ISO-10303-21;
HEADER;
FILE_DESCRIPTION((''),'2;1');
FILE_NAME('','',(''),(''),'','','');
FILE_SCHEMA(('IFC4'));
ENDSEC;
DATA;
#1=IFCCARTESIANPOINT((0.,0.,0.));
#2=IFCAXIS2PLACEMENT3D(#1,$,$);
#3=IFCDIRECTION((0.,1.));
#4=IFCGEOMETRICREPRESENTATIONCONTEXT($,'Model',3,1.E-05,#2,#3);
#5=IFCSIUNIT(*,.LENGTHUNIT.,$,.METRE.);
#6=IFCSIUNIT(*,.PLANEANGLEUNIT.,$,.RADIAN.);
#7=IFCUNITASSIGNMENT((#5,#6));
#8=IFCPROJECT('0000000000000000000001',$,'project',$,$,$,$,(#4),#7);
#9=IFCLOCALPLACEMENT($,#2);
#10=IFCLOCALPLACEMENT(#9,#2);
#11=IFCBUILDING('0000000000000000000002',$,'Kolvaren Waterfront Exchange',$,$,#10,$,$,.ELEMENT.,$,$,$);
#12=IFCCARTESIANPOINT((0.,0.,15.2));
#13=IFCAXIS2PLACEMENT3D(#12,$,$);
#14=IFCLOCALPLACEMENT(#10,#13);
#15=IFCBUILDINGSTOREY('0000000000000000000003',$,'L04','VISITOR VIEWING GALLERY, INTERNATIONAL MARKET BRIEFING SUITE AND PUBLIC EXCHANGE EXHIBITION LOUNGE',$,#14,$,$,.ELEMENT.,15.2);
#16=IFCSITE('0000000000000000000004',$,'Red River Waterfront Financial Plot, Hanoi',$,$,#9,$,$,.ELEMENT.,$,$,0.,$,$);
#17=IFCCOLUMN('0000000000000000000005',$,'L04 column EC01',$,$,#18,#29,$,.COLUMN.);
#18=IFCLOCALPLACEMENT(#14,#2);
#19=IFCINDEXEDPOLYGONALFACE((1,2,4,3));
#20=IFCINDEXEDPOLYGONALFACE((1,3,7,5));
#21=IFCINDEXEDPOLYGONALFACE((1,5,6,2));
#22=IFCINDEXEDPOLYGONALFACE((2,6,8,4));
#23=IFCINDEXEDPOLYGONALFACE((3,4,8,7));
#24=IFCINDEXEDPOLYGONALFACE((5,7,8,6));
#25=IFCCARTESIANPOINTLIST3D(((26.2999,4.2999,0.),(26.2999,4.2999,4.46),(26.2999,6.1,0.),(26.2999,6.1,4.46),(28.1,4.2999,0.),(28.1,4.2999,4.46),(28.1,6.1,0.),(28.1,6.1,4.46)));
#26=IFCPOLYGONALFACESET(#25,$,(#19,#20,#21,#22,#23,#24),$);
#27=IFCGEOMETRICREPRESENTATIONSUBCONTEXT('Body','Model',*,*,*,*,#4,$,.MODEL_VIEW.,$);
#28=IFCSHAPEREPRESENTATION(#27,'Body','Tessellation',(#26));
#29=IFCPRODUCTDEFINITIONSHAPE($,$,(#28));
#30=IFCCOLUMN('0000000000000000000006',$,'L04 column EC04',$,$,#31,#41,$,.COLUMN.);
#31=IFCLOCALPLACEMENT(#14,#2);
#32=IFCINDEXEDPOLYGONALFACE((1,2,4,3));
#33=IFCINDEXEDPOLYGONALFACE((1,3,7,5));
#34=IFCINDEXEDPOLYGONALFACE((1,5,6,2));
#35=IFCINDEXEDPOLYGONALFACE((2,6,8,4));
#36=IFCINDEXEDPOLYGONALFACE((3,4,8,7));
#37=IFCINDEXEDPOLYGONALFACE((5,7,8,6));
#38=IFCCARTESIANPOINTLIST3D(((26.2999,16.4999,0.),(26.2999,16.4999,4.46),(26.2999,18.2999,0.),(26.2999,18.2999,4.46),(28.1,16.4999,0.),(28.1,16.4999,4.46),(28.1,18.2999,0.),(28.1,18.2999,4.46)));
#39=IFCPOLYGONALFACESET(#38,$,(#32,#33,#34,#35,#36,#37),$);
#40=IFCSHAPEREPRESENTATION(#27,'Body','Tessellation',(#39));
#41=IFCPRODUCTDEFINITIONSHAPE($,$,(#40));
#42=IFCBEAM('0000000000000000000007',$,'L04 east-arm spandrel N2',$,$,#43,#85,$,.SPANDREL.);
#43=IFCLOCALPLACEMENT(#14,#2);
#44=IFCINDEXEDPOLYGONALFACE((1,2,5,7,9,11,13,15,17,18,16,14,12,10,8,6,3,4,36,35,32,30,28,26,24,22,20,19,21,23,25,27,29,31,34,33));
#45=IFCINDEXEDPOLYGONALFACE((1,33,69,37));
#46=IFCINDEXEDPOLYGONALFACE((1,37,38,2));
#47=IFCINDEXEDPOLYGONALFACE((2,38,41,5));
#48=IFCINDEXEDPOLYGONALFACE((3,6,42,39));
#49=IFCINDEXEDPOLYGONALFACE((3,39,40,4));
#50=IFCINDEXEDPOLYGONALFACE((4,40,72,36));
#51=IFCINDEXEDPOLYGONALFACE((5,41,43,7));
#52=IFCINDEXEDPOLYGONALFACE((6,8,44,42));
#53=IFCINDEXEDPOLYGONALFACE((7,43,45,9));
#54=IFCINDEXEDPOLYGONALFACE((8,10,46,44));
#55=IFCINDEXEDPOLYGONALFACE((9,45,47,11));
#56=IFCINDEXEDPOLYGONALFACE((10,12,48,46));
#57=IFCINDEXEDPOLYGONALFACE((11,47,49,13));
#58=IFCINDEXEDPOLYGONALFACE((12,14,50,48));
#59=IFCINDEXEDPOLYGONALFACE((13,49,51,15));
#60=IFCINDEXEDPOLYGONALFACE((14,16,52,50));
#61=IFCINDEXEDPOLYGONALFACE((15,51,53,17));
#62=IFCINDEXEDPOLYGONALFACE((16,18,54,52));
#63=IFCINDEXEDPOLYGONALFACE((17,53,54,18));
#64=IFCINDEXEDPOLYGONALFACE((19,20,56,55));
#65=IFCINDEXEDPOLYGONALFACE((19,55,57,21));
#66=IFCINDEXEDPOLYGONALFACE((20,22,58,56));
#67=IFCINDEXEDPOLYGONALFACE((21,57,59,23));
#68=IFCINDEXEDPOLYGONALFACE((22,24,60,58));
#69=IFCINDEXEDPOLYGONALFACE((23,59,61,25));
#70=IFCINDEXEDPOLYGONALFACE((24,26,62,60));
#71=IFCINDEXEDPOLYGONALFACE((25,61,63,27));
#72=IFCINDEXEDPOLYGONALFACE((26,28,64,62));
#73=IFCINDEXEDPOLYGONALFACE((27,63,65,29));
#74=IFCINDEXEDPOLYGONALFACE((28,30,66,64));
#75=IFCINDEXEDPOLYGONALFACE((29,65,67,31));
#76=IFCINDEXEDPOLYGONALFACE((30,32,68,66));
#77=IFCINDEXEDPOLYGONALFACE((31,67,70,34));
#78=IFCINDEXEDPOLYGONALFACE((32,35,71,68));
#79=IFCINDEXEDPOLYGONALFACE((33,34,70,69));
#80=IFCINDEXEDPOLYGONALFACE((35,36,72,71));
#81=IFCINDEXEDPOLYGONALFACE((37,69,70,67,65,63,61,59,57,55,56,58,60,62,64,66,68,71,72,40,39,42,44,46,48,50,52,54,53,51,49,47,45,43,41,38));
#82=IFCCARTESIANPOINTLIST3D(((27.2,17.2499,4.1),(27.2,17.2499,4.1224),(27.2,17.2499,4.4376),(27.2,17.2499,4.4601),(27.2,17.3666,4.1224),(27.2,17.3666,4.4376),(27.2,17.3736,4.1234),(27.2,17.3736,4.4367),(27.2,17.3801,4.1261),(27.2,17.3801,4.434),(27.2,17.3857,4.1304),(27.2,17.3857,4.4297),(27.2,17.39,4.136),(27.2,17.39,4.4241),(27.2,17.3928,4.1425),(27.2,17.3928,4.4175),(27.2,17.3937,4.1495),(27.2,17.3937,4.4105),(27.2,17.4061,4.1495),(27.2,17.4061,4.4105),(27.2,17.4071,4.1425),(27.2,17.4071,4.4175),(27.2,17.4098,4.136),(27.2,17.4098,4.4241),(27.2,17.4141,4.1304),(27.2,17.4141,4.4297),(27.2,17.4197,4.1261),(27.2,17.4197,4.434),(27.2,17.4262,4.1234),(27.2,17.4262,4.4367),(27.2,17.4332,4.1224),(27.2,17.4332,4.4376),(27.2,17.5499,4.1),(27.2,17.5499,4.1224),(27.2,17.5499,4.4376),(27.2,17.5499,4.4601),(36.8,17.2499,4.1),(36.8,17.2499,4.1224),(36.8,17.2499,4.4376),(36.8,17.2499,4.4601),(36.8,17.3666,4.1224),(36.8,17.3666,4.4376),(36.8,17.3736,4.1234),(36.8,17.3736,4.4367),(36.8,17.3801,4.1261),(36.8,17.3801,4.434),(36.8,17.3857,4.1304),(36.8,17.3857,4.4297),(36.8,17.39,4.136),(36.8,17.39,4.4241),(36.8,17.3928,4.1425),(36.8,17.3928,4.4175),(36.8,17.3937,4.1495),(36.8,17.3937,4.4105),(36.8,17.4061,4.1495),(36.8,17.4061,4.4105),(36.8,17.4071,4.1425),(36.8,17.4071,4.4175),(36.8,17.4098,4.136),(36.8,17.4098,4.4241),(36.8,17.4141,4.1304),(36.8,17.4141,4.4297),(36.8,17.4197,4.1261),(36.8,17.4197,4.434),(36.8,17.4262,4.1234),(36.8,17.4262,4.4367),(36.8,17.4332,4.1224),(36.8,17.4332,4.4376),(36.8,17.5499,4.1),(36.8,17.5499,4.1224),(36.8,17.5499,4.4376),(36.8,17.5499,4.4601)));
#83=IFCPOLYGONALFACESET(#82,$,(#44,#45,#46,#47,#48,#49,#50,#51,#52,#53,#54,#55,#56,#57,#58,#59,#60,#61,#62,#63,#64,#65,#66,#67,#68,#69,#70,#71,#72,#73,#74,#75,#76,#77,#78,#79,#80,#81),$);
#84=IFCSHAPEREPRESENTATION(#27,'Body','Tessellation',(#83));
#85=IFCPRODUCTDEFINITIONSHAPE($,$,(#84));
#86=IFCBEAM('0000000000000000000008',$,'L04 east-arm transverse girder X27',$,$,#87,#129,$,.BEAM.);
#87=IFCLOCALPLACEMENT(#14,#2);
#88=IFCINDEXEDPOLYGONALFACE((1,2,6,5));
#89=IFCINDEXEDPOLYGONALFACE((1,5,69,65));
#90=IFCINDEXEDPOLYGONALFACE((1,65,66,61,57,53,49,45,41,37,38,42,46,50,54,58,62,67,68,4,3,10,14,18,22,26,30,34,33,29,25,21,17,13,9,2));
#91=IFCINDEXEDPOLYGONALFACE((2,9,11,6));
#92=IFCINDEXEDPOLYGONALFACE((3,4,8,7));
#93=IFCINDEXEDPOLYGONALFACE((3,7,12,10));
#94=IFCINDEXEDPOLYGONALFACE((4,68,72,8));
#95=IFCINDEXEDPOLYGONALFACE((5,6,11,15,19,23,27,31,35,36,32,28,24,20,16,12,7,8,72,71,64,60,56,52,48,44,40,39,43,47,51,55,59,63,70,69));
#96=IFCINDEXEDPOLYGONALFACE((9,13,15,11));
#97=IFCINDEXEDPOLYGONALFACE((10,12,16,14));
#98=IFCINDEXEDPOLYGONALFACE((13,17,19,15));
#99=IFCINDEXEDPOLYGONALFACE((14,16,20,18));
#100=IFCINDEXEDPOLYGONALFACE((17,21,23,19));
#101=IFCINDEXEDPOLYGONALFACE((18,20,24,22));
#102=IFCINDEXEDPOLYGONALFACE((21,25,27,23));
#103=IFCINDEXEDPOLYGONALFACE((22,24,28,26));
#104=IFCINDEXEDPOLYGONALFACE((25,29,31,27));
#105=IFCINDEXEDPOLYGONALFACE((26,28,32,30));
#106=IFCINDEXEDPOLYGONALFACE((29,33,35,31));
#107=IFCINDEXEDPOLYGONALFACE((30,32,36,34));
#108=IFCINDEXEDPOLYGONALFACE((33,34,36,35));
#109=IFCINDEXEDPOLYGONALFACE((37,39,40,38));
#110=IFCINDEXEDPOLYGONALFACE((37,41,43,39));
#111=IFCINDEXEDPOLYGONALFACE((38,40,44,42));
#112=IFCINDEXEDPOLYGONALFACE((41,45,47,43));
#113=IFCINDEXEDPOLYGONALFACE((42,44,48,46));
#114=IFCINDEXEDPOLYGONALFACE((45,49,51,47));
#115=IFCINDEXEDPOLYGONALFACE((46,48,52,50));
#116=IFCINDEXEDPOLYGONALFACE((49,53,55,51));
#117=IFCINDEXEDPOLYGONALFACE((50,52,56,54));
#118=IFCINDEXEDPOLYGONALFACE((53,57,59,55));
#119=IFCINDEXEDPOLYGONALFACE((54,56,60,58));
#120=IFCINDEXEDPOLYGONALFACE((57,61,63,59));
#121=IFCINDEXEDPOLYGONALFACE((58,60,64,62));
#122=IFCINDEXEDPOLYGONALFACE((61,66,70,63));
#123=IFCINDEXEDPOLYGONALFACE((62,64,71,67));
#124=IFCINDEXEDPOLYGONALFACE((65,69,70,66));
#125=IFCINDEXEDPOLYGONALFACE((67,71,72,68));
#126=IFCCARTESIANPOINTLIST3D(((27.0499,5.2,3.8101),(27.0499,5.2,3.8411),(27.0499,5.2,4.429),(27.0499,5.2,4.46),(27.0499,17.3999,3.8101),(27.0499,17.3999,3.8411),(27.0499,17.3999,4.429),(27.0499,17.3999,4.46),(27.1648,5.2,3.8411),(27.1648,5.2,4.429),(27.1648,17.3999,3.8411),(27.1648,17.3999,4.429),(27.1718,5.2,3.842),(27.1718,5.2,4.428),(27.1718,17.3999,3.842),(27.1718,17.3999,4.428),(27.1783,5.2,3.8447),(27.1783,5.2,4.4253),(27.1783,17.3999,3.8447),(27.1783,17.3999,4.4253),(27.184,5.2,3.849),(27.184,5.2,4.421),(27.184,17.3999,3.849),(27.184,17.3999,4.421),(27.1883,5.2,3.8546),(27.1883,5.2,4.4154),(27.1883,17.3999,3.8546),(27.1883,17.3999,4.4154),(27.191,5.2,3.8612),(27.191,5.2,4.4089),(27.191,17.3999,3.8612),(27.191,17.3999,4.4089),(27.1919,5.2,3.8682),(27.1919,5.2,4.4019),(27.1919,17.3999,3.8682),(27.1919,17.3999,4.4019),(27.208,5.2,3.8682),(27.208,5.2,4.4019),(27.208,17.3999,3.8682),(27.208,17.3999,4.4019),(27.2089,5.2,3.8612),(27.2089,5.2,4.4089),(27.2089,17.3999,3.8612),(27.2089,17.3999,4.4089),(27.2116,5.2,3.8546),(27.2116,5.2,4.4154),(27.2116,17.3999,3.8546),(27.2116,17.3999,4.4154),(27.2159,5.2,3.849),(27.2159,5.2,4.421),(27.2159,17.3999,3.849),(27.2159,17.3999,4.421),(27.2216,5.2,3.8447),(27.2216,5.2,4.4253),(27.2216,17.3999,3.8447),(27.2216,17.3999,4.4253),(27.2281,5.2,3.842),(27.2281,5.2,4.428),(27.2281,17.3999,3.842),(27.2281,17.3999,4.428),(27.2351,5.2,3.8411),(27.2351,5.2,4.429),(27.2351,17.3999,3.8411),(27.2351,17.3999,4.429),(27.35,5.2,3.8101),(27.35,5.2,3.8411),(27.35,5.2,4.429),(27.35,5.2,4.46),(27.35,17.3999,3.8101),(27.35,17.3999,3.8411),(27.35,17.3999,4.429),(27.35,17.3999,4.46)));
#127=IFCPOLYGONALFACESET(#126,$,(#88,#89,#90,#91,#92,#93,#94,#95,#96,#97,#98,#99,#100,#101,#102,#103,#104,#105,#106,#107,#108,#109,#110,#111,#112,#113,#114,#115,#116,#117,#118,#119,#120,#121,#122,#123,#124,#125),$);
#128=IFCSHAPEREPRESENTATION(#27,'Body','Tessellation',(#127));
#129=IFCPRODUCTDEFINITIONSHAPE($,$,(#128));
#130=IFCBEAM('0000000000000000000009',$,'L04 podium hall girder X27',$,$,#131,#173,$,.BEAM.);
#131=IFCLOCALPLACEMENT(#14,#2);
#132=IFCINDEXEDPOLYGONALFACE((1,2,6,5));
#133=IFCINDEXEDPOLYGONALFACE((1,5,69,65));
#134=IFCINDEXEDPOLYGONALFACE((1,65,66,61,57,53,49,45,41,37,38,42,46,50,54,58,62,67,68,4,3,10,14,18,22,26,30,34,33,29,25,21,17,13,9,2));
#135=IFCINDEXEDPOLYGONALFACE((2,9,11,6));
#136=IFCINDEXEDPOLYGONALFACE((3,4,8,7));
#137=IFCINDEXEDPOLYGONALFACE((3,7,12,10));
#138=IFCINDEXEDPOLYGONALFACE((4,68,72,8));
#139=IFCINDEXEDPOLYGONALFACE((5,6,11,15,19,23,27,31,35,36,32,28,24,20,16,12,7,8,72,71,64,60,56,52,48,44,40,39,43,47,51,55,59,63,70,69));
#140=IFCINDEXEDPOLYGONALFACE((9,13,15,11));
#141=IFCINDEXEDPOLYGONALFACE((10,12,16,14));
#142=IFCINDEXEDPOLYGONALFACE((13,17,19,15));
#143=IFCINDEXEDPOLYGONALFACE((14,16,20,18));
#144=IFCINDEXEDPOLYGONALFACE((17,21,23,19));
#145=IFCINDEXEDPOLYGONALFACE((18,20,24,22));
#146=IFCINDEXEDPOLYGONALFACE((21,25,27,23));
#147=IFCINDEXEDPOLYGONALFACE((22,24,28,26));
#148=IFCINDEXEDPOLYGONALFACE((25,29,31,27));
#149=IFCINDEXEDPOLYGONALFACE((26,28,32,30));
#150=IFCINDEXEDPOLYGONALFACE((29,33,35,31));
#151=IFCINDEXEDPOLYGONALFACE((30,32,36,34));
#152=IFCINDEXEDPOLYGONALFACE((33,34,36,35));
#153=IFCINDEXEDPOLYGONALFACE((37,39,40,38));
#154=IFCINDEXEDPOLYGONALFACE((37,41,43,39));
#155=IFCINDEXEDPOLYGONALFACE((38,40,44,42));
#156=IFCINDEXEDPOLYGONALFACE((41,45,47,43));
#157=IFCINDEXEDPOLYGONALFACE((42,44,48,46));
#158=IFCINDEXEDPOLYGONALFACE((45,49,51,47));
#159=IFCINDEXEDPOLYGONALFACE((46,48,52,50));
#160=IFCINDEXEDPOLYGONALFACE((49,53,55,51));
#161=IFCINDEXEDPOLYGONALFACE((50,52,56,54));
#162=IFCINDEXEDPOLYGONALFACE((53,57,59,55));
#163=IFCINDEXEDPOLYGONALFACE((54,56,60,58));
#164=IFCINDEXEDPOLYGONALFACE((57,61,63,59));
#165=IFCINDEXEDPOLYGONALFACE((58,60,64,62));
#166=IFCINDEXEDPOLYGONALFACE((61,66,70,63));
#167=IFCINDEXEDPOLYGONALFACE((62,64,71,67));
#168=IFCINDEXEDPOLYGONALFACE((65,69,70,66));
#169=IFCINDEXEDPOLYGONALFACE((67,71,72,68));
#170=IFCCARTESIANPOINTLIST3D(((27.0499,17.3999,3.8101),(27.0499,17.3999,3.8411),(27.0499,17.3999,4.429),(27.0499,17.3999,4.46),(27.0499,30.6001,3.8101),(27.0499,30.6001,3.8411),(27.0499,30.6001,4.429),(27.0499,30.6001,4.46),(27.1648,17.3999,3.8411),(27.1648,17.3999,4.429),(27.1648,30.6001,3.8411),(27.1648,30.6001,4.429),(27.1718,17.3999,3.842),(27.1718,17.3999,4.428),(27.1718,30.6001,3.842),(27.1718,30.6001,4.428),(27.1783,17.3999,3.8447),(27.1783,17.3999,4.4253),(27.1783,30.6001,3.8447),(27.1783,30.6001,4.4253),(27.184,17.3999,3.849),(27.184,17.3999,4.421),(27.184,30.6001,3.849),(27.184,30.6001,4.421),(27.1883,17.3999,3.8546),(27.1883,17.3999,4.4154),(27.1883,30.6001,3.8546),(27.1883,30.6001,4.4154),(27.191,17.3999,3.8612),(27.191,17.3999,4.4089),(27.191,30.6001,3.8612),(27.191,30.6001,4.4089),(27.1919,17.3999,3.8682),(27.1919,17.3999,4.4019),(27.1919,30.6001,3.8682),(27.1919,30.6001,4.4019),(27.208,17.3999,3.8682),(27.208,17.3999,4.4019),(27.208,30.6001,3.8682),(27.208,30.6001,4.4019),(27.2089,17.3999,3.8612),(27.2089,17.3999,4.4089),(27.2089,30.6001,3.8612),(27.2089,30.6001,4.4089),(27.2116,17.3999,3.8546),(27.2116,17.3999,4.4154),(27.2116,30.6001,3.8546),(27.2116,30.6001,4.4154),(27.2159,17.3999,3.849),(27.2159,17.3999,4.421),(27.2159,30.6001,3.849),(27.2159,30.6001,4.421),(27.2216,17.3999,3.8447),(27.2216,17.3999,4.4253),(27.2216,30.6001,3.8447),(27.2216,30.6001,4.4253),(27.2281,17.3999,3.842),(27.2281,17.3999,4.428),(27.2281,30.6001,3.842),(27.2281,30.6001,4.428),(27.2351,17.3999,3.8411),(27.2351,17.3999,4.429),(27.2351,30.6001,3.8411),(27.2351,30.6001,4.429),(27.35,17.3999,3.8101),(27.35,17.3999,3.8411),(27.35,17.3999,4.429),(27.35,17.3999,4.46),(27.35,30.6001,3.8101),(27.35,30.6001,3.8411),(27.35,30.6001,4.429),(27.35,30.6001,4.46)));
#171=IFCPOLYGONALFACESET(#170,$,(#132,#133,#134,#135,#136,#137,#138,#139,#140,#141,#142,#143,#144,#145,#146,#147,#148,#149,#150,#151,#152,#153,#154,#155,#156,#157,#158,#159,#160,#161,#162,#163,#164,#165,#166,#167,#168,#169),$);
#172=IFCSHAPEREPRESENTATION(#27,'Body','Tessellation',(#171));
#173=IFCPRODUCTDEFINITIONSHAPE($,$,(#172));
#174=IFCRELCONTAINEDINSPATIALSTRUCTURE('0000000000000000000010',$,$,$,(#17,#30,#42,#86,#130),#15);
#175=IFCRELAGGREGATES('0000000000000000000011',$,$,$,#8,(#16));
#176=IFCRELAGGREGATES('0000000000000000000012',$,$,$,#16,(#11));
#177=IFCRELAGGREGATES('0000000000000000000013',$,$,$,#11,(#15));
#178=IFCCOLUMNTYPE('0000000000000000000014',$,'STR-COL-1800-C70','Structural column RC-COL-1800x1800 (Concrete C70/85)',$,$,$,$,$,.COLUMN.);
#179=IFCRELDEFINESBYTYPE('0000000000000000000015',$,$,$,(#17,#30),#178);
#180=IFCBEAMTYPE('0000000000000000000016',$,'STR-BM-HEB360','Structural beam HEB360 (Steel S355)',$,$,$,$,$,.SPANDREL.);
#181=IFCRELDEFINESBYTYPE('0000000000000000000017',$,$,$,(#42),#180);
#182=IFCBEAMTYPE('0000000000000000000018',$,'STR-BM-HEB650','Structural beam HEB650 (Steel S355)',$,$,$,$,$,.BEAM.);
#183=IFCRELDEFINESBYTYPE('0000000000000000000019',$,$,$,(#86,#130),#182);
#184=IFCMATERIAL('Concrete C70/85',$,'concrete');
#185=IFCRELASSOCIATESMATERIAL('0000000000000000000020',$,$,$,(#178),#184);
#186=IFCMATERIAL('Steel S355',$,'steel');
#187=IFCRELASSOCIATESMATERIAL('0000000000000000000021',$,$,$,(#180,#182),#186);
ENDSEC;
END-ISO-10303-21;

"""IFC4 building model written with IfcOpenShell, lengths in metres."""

from ifc_helpers import new_model, si_unit, direction, frame, origin, origin_2d, place, context, subcontext, project, spatial, rectangle, i_section, extrude, material, material_profile, profile_set, type_object, element, save


model = new_model("IFC4")

# Units and contexts
model_context = context("Model", 3, precision=1e-05, world=origin(), true_north=direction((0.0, 1.0)))
body_context = subcontext(model_context, "Body", "Model", "MODEL_VIEW")
ifc_project = project(units=[si_unit("LENGTHUNIT", "METRE"), si_unit("PLANEANGLEUNIT", "RADIAN")], contexts=[model_context])

# Site, building, storey
site_placement = place(None, origin())
site = spatial("IfcSite", under=ifc_project, at=site_placement, Name="Red River Waterfront Financial Plot, Hanoi", CompositionType="ELEMENT", RefElevation=0.0)
building_placement = place(site_placement, origin())
building = spatial("IfcBuilding", under=site, at=building_placement, Name="Kolvaren Waterfront Exchange", CompositionType="ELEMENT")
storey_placement = place(building_placement, frame((0.0, 0.0, 15.2)))
storey = spatial("IfcBuildingStorey", under=building, at=storey_placement, Name="L04", Description="VISITOR VIEWING GALLERY, INTERNATIONAL MARKET BRIEFING SUITE AND PUBLIC EXCHANGE EXHIBITION LOUNGE", CompositionType="ELEMENT", Elevation=15.2)

# Columns
ifc_material_1 = material(Name="Concrete C70/85", Category="concrete")
ifc_material_profile_1 = material_profile(ifc_material_1, rectangle(XDim=1.8, YDim=1.8, at=origin_2d()), Name="RC-COL-1800x1800")
ifc_profile_set_1 = profile_set([ifc_material_profile_1], Name="Concrete C70/85")
column_type = type_object("IfcColumnType", Name="STR-COL-1800-C70", Description="Structural column RC-COL-1800x1800 (Concrete C70/85)", PredefinedType="COLUMN", material=ifc_profile_set_1)
for number, where, z_axis, x_axis, name in (
    (1, (27.2, 5.2, 0.0), (0.0, 0.0, 1.0), (1.0, 0.0, 0.0), "L04 column EC01"),
    (2, (27.2, 17.3999, 0.0), (0.0, 0.0, 1.0), (1.0, 0.0, 0.0), "L04 column EC04"),
):
    element("IfcColumn", number, at=place(storey_placement, frame(where, z_axis=z_axis, x_axis=x_axis)), inside=storey, type_object=column_type, Name=name, PredefinedType="COLUMN", context=body_context, shape_type="SweptSolid", body=[
        extrude(rectangle(XDim=1.8, YDim=1.8, at=origin_2d()), origin(), (0.0, 0.0, 1.0), 4.46),
    ])

# Beams
ifc_material_2 = material(Name="Steel S355", Category="steel")
ifc_material_profile_2 = material_profile(ifc_material_2, i_section(OverallWidth=0.3, OverallDepth=0.3601, WebThickness=0.0125, FlangeThickness=0.0225, FilletRadius=0.0271, at=origin_2d()), Name="HEB360")
ifc_profile_set_2 = profile_set([ifc_material_profile_2], Name="Steel S355")
beam_type_1 = type_object("IfcBeamType", Name="STR-BM-HEB360", Description="Structural beam HEB360 (Steel S355)", PredefinedType="SPANDREL", material=ifc_profile_set_2)
beam_1_placement = place(storey_placement, frame((27.2, 17.3999, 4.28), z_axis=(1.0, 0.0, 0.0), x_axis=(0.0, 1.0, 0.0)))
element("IfcBeam", 3, at=beam_1_placement, inside=storey, type_object=beam_type_1, Name="L04 east-arm spandrel N2", PredefinedType="SPANDREL", context=body_context, shape_type="SweptSolid", body=[
    extrude(i_section(OverallWidth=0.3, OverallDepth=0.3601, WebThickness=0.0125, FlangeThickness=0.0225, FilletRadius=0.0271, at=origin_2d()), origin(), (0.0, 0.0, 1.0), 9.6001),
])
ifc_material_profile_3 = material_profile(ifc_material_2, i_section(OverallWidth=0.3, OverallDepth=0.6499, WebThickness=0.0161, FlangeThickness=0.031, FilletRadius=0.0271, at=origin_2d()), Name="HEB650")
ifc_profile_set_3 = profile_set([ifc_material_profile_3], Name="Steel S355")
beam_type_2 = type_object("IfcBeamType", Name="STR-BM-HEB650", Description="Structural beam HEB650 (Steel S355)", PredefinedType="BEAM", material=ifc_profile_set_3)
beam_2_placement = place(storey_placement, frame((27.2, 5.2, 4.135), z_axis=(0.0, 1.0, 0.0), x_axis=(-1.0, 0.0, 0.0)))
element("IfcBeam", 4, at=beam_2_placement, inside=storey, type_object=beam_type_2, Name="L04 east-arm transverse girder X27", PredefinedType="BEAM", context=body_context, shape_type="SweptSolid", body=[
    extrude(i_section(OverallWidth=0.3, OverallDepth=0.6499, WebThickness=0.0161, FlangeThickness=0.031, FilletRadius=0.0271, at=origin_2d()), origin(), (0.0, 0.0, 1.0), 12.2),
])
beam_3_placement = place(storey_placement, frame((27.2, 17.3999, 4.135), z_axis=(0.0, 1.0, 0.0), x_axis=(-1.0, 0.0, 0.0)))
element("IfcBeam", 5, at=beam_3_placement, inside=storey, type_object=beam_type_2, Name="L04 podium hall girder X27", PredefinedType="BEAM", context=body_context, shape_type="SweptSolid", body=[
    extrude(i_section(OverallWidth=0.3, OverallDepth=0.6499, WebThickness=0.0161, FlangeThickness=0.031, FilletRadius=0.0271, at=origin_2d()), origin(), (0.0, 0.0, 1.0), 13.2002),
])

save(model, "model.ifc")
